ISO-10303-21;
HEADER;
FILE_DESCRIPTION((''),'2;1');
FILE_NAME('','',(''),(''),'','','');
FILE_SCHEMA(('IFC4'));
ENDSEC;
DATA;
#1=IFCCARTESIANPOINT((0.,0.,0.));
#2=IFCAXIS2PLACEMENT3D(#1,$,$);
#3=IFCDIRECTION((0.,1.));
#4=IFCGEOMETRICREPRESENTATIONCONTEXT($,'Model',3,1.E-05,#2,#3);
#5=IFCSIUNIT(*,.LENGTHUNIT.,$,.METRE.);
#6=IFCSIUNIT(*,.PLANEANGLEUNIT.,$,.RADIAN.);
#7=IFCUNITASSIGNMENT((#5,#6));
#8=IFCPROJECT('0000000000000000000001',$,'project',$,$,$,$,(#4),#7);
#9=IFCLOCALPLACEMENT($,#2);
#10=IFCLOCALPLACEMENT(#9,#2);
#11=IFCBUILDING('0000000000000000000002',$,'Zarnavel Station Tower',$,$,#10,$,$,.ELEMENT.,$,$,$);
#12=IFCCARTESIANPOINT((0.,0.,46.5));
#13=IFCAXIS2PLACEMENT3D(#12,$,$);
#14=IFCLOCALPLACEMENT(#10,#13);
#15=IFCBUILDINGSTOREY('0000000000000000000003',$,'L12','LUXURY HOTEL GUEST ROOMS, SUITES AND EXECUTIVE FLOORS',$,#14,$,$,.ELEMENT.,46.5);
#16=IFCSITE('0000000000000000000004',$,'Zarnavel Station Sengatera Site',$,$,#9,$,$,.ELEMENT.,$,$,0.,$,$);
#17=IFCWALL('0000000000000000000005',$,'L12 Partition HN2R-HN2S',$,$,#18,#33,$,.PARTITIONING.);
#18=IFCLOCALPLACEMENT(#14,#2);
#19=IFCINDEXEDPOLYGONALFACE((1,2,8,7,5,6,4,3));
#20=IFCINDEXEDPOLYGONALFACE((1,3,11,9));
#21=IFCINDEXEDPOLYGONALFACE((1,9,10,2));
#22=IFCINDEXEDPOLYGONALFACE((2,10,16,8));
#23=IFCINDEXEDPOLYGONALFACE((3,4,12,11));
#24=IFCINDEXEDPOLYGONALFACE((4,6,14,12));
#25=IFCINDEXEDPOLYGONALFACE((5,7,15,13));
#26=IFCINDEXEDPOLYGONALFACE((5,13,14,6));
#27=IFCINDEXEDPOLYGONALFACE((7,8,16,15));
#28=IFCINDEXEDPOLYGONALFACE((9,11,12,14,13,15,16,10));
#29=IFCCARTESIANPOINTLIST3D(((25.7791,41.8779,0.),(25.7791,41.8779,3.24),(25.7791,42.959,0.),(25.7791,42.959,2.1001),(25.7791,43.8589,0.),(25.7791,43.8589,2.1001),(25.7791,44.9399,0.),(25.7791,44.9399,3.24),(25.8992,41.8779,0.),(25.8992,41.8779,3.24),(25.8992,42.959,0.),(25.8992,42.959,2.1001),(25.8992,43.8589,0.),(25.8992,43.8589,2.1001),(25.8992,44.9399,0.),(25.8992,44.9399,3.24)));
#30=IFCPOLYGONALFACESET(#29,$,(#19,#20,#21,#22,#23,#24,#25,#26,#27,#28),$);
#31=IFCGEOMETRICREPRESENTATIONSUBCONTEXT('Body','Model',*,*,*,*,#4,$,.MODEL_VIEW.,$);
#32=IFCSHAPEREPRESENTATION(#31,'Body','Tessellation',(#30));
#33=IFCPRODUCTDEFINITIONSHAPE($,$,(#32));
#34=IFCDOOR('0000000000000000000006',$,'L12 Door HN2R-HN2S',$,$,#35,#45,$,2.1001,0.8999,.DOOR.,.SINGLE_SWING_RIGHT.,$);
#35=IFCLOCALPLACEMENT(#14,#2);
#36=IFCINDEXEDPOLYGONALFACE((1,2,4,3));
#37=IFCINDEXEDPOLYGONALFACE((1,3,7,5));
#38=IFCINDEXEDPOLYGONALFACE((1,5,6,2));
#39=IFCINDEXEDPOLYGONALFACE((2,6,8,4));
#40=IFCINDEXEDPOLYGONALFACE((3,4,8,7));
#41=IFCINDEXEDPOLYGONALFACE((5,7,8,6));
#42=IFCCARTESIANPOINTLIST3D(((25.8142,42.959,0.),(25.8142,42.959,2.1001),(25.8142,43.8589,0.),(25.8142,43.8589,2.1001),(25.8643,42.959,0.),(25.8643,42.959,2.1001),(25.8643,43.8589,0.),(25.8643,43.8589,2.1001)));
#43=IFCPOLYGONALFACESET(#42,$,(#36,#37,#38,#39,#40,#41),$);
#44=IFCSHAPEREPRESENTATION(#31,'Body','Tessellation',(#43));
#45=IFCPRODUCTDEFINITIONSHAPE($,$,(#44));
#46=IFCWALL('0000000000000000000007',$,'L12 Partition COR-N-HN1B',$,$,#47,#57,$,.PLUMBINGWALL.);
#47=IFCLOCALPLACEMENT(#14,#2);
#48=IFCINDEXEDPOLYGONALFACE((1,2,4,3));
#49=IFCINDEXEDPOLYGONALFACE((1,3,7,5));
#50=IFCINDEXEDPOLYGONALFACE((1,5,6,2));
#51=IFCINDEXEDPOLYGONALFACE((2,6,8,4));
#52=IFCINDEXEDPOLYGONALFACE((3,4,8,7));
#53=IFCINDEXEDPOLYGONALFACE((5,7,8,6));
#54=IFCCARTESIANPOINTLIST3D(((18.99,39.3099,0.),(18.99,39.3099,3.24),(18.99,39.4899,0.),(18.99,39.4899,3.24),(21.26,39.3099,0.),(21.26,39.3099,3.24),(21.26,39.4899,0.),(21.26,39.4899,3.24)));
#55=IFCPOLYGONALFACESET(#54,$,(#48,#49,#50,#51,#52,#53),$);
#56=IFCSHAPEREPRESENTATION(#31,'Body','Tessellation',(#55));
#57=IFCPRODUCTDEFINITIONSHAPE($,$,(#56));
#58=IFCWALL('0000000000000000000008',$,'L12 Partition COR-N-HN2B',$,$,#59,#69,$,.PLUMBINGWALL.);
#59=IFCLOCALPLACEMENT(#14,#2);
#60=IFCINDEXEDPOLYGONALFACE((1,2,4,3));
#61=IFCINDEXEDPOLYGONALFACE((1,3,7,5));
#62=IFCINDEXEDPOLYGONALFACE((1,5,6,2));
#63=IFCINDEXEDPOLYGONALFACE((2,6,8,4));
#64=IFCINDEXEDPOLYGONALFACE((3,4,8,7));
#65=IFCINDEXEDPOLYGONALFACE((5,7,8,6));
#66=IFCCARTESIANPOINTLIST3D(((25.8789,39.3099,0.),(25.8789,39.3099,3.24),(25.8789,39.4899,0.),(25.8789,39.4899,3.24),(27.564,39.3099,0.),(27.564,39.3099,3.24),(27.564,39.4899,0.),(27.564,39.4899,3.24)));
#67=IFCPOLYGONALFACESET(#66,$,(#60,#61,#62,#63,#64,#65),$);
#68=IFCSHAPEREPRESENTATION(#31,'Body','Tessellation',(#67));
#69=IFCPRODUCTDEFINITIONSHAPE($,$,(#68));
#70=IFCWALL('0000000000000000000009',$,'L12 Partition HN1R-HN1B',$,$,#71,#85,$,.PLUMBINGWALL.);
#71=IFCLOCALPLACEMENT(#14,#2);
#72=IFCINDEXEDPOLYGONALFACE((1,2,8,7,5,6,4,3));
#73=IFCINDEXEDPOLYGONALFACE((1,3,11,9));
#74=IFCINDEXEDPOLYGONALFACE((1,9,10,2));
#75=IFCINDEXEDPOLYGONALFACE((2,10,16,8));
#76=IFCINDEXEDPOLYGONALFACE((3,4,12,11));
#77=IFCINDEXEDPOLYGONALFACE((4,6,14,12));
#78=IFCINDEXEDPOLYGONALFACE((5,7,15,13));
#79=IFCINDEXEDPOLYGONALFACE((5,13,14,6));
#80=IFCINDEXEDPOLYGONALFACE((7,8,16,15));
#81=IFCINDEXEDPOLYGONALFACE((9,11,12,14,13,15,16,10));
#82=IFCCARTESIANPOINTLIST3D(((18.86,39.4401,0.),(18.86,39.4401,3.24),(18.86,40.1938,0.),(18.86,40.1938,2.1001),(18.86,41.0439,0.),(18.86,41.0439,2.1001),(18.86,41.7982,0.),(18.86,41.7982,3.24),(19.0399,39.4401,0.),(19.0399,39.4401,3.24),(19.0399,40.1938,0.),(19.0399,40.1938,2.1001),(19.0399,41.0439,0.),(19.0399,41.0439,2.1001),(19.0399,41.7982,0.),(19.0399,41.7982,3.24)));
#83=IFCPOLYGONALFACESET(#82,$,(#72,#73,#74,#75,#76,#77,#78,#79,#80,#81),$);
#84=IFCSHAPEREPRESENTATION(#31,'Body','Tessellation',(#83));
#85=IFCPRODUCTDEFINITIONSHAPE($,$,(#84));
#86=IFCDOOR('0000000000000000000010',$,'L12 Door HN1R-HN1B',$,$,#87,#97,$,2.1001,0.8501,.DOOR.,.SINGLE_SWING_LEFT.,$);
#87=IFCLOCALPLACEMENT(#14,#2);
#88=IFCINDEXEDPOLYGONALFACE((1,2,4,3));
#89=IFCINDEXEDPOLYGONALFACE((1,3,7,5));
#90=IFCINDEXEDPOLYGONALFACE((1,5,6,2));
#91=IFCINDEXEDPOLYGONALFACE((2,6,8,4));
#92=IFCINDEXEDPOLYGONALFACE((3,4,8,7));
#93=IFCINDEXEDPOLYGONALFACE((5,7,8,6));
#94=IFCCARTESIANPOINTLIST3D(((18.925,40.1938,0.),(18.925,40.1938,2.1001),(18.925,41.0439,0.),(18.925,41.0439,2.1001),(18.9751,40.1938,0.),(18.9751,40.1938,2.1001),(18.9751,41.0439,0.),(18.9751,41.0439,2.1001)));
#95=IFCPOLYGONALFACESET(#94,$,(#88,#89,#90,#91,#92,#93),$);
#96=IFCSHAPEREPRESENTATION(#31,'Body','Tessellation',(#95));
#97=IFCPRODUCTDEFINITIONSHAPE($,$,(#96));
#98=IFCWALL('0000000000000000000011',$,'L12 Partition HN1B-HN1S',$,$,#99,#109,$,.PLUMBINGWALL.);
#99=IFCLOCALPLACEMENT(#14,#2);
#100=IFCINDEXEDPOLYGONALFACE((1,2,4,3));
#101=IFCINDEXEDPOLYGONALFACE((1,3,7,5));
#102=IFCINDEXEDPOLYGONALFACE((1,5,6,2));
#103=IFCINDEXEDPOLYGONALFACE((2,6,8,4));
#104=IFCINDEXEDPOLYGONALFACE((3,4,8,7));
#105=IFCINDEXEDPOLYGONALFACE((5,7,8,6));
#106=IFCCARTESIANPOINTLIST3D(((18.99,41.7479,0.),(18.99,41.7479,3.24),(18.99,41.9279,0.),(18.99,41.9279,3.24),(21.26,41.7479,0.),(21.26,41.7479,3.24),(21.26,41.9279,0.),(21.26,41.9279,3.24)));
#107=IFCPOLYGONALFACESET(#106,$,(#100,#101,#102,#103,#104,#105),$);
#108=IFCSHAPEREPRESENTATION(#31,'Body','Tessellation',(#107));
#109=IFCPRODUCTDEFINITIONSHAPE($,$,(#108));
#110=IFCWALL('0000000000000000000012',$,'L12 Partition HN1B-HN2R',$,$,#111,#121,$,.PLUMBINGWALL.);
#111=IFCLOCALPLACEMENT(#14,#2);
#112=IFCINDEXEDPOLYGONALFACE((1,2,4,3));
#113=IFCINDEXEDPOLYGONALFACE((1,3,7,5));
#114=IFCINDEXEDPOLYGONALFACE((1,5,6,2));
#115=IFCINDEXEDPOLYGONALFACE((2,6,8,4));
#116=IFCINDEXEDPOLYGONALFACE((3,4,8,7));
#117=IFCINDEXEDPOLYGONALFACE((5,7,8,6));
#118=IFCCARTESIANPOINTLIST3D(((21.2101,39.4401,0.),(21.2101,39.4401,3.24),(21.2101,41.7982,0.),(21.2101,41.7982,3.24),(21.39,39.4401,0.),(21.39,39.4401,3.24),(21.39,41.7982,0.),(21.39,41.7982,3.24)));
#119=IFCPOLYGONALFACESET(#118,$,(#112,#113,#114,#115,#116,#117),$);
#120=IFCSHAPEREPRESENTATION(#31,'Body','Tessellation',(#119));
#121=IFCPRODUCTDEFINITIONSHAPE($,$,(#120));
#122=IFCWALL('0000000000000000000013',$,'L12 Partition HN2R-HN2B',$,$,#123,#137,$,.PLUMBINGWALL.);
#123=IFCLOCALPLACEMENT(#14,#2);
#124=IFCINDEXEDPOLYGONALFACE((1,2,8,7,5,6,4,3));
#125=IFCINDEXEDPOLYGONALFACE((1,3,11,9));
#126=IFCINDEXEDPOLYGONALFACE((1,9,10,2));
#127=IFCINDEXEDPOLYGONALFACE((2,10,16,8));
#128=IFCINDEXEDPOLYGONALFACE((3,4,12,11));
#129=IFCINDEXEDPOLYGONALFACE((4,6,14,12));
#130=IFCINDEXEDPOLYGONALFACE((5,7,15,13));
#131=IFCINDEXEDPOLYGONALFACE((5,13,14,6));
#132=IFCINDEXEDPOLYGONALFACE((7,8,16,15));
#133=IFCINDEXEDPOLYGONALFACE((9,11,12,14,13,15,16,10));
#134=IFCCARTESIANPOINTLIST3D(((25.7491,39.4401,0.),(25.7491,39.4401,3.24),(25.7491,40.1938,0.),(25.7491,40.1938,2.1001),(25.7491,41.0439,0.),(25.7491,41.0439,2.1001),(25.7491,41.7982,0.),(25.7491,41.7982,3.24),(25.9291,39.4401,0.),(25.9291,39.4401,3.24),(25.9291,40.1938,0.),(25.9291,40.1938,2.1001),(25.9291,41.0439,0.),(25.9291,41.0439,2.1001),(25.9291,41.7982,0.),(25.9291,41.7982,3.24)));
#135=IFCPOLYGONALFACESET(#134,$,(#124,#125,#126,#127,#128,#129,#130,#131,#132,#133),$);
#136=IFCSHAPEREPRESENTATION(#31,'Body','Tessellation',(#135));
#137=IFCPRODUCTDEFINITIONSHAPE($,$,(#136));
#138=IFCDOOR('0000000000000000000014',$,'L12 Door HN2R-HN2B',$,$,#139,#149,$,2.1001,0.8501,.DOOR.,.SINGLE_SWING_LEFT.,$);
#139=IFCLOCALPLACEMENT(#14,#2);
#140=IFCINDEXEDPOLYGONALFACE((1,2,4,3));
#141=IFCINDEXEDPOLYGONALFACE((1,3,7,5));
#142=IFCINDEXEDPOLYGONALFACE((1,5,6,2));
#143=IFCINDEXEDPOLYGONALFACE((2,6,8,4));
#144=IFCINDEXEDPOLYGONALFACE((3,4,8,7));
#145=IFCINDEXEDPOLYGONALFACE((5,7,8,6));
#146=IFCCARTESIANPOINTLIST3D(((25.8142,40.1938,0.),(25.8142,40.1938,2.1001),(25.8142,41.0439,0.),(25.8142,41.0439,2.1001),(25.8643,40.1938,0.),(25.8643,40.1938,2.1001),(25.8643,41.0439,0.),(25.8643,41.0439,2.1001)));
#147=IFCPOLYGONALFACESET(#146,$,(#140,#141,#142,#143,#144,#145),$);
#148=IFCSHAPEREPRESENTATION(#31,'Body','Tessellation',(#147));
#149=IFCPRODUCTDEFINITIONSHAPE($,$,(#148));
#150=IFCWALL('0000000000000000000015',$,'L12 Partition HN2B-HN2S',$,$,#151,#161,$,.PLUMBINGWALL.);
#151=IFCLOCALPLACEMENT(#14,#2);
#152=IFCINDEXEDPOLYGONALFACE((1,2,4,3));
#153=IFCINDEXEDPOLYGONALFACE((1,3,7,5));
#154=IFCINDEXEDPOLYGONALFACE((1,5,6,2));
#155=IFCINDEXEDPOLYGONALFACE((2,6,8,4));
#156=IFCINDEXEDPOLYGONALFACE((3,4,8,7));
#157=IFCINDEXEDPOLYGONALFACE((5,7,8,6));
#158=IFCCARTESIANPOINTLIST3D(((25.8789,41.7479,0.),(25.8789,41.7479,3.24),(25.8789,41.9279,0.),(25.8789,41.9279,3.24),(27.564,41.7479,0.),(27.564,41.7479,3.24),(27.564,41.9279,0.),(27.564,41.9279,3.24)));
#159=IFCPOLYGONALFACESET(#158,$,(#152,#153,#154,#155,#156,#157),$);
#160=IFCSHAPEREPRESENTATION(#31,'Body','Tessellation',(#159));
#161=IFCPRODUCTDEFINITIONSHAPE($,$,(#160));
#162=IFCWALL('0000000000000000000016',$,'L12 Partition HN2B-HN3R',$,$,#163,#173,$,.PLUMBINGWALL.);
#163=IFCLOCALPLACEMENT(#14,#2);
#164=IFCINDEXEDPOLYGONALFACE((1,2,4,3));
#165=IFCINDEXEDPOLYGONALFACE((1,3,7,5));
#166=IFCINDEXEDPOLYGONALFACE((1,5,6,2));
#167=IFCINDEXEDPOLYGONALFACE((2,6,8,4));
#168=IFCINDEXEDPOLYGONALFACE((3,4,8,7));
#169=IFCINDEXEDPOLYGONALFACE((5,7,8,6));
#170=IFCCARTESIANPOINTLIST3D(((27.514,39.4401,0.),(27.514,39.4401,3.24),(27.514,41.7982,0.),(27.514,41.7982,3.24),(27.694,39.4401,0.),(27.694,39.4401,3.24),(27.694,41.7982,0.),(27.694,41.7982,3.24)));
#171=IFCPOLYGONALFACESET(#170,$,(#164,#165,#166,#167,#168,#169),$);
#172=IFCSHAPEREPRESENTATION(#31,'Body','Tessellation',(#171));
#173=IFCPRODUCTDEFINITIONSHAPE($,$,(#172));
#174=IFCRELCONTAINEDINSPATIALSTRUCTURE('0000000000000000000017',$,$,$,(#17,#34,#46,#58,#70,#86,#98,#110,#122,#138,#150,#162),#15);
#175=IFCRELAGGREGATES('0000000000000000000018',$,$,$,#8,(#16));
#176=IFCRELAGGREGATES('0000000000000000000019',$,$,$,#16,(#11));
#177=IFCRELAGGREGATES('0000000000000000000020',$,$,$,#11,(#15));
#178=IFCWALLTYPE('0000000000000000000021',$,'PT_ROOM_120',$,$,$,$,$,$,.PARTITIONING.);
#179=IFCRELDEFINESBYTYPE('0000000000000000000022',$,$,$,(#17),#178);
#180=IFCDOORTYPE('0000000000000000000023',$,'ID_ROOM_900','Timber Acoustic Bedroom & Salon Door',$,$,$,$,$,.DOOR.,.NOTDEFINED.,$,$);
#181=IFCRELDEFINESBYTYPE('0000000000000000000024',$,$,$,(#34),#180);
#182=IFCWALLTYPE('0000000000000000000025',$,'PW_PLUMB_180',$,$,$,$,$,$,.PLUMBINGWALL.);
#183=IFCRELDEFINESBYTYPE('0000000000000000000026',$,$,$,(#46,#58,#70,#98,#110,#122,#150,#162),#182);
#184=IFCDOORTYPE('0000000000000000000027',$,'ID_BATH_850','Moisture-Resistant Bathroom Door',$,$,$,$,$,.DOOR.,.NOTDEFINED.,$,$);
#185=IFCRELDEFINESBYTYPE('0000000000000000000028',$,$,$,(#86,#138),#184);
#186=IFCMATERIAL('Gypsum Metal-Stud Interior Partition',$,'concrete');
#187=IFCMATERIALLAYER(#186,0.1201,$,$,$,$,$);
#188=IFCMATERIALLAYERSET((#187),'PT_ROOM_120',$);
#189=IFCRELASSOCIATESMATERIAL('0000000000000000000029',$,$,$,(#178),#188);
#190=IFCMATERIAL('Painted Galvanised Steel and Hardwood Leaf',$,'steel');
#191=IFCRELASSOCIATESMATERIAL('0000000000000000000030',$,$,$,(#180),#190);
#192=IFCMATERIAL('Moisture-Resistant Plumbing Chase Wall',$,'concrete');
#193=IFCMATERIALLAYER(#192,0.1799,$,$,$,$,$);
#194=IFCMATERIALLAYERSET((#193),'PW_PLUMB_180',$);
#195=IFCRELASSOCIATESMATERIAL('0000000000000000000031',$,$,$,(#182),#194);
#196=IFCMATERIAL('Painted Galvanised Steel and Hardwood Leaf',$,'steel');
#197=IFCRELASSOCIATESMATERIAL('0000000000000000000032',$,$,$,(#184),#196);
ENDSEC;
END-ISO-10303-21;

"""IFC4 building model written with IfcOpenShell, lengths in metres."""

from ifc_helpers import new_model, si_unit, direction, frame, frame_2d, origin, place, context, subcontext, project, spatial, rectangle, extrude, material, layer, layer_set, type_object, element, fill, save


model = new_model("IFC4")

# Units and contexts
model_context = context("Model", 3, precision=1e-05, world=origin(), true_north=direction((0.0, 1.0)))
body_context = subcontext(model_context, "Body", "Model", "MODEL_VIEW")
ifc_project = project(units=[si_unit("LENGTHUNIT", "METRE"), si_unit("PLANEANGLEUNIT", "RADIAN")], contexts=[model_context])

# Site, building, storey
site_placement = place(None, origin())
site = spatial("IfcSite", under=ifc_project, at=site_placement, Name="Zarnavel Station Sengatera Site", CompositionType="ELEMENT", RefElevation=0.0)
building_placement = place(site_placement, origin())
building = spatial("IfcBuilding", under=site, at=building_placement, Name="Zarnavel Station Tower", CompositionType="ELEMENT")
storey_placement = place(building_placement, frame((0.0, 0.0, 46.5)))
storey = spatial("IfcBuildingStorey", under=building, at=storey_placement, Name="L12", Description="LUXURY HOTEL GUEST ROOMS, SUITES AND EXECUTIVE FLOORS", CompositionType="ELEMENT", Elevation=46.5)

# Wall, opening, door
ifc_material_1 = material(Name="Gypsum Metal-Stud Interior Partition", Category="concrete")
ifc_layer_1 = layer(ifc_material_1, 0.1201)
ifc_layer_set_1 = layer_set([ifc_layer_1], Name="PT_ROOM_120")
wall_type_1 = type_object("IfcWallType", Name="PT_ROOM_120", PredefinedType="PARTITIONING", material=ifc_layer_set_1)
ifc_material_2 = material(Name="Painted Galvanised Steel and Hardwood Leaf", Category="steel")
door_type_1 = type_object("IfcDoorType", Name="ID_ROOM_900", Description="Timber Acoustic Bedroom & Salon Door", OperationType="NOTDEFINED", PredefinedType="DOOR", material=ifc_material_2)
wall_1_placement = place(storey_placement, frame((25.8391, 41.8779, 0.0), z_axis=(0.0, 0.0, 1.0), x_axis=(0.0, 1.0, 0.0)))
wall_1 = element("IfcWall", 1, at=wall_1_placement, inside=storey, type_object=wall_type_1, Name="L12 Partition HN2R-HN2S", PredefinedType="PARTITIONING", context=body_context, shape_type="SweptSolid", body=[
    extrude(rectangle(XDim=3.062, YDim=0.1201, at=frame_2d((1.531, 0.0))), origin(), (0.0, 0.0, 1.0), 3.24),
])
opening_1_placement = place(wall_1_placement, frame((1.0811, 0.0, 0.0)))
opening_1 = element("IfcOpeningElement", 2, at=opening_1_placement, cuts=wall_1, PredefinedType="OPENING", context=body_context, shape_type="SweptSolid", body=[
    extrude(rectangle(XDim=0.8999, YDim=2.1001, at=frame_2d((0.45, 1.05))), frame((0.0, 0.0701, 0.0), z_axis=(0.0, -1.0, 0.0), x_axis=(1.0, 0.0, 0.0)), (0.0, 0.0, 1.0), 0.1401),
])
door_1_placement = place(opening_1_placement, origin())
door_1 = element("IfcDoor", 3, at=door_1_placement, inside=storey, type_object=door_type_1, Name="L12 Door HN2R-HN2S", OperationType="SINGLE_SWING_RIGHT", OverallHeight=2.1001, OverallWidth=0.8999, PredefinedType="DOOR", context=body_context, shape_type="SweptSolid", body=[
    extrude(rectangle(XDim=0.8999, YDim=2.1001, at=frame_2d((0.45, 1.05))), frame((0.0, 0.0249, 0.0), z_axis=(0.0, -1.0, 0.0), x_axis=(1.0, 0.0, 0.0)), (0.0, 0.0, 1.0), 0.05),
])
fill(opening_1, door_1)

# Walls
ifc_material_3 = material(Name="Moisture-Resistant Plumbing Chase Wall", Category="concrete")
ifc_layer_2 = layer(ifc_material_3, 0.1799)
ifc_layer_set_2 = layer_set([ifc_layer_2], Name="PW_PLUMB_180")
wall_type_2 = type_object("IfcWallType", Name="PW_PLUMB_180", PredefinedType="PLUMBINGWALL", material=ifc_layer_set_2)
wall_2_placement = place(storey_placement, frame((18.99, 39.3999, 0.0), z_axis=(0.0, 0.0, 1.0), x_axis=(1.0, 0.0, 0.0)))
element("IfcWall", 4, at=wall_2_placement, inside=storey, type_object=wall_type_2, Name="L12 Partition COR-N-HN1B", PredefinedType="PLUMBINGWALL", context=body_context, shape_type="SweptSolid", body=[
    extrude(rectangle(XDim=2.27, YDim=0.1799, at=frame_2d((1.135, 0.0))), origin(), (0.0, 0.0, 1.0), 3.24),
])
wall_3_placement = place(storey_placement, frame((25.8789, 39.3999, 0.0), z_axis=(0.0, 0.0, 1.0), x_axis=(1.0, 0.0, 0.0)))
element("IfcWall", 5, at=wall_3_placement, inside=storey, type_object=wall_type_2, Name="L12 Partition COR-N-HN2B", PredefinedType="PLUMBINGWALL", context=body_context, shape_type="SweptSolid", body=[
    extrude(rectangle(XDim=1.6851, YDim=0.1799, at=frame_2d((0.8425, 0.0))), origin(), (0.0, 0.0, 1.0), 3.24),
])

# Wall, opening, door
wall_4_placement = place(storey_placement, frame((18.95, 39.4399, 0.0), z_axis=(0.0, 0.0, 1.0), x_axis=(0.0, 1.0, 0.0)))
wall_4 = element("IfcWall", 6, at=wall_4_placement, inside=storey, type_object=wall_type_2, Name="L12 Partition HN1R-HN1B", PredefinedType="PLUMBINGWALL", context=body_context, shape_type="SweptSolid", body=[
    extrude(rectangle(XDim=2.3582, YDim=0.1799, at=frame_2d((1.1792, 0.0))), origin(), (0.0, 0.0, 1.0), 3.24),
])
opening_2_placement = place(wall_4_placement, frame((0.7539, 0.0, 0.0)))
opening_2 = element("IfcOpeningElement", 7, at=opening_2_placement, cuts=wall_4, PredefinedType="OPENING", context=body_context, shape_type="SweptSolid", body=[
    extrude(rectangle(XDim=0.8501, YDim=2.1001, at=frame_2d((0.425, 1.05))), frame((0.0, 0.0999, 0.0), z_axis=(0.0, -1.0, 0.0), x_axis=(1.0, 0.0, 0.0)), (0.0, 0.0, 1.0), 0.2),
])
ifc_material_4 = material(Name="Painted Galvanised Steel and Hardwood Leaf", Category="steel")
door_type_2 = type_object("IfcDoorType", Name="ID_BATH_850", Description="Moisture-Resistant Bathroom Door", OperationType="NOTDEFINED", PredefinedType="DOOR", material=ifc_material_4)
door_2_placement = place(opening_2_placement, origin())
door_2 = element("IfcDoor", 8, at=door_2_placement, inside=storey, type_object=door_type_2, Name="L12 Door HN1R-HN1B", OperationType="SINGLE_SWING_LEFT", OverallHeight=2.1001, OverallWidth=0.8501, PredefinedType="DOOR", context=body_context, shape_type="SweptSolid", body=[
    extrude(rectangle(XDim=0.8501, YDim=2.1001, at=frame_2d((0.425, 1.05))), frame((0.0, 0.0249, 0.0), z_axis=(0.0, -1.0, 0.0), x_axis=(1.0, 0.0, 0.0)), (0.0, 0.0, 1.0), 0.05),
])
fill(opening_2, door_2)

# Walls
wall_5_placement = place(storey_placement, frame((18.99, 41.8379, 0.0), z_axis=(0.0, 0.0, 1.0), x_axis=(1.0, 0.0, 0.0)))
element("IfcWall", 9, at=wall_5_placement, inside=storey, type_object=wall_type_2, Name="L12 Partition HN1B-HN1S", PredefinedType="PLUMBINGWALL", context=body_context, shape_type="SweptSolid", body=[
    extrude(rectangle(XDim=2.27, YDim=0.1799, at=frame_2d((1.135, 0.0))), origin(), (0.0, 0.0, 1.0), 3.24),
])
wall_6_placement = place(storey_placement, frame((21.3, 39.4399, 0.0), z_axis=(0.0, 0.0, 1.0), x_axis=(0.0, 1.0, 0.0)))
element("IfcWall", 10, at=wall_6_placement, inside=storey, type_object=wall_type_2, Name="L12 Partition HN1B-HN2R", PredefinedType="PLUMBINGWALL", context=body_context, shape_type="SweptSolid", body=[
    extrude(rectangle(XDim=2.3582, YDim=0.1799, at=frame_2d((1.1792, 0.0))), origin(), (0.0, 0.0, 1.0), 3.24),
])

# Wall, opening, door
wall_7_placement = place(storey_placement, frame((25.8391, 39.4399, 0.0), z_axis=(0.0, 0.0, 1.0), x_axis=(0.0, 1.0, 0.0)))
wall_7 = element("IfcWall", 11, at=wall_7_placement, inside=storey, type_object=wall_type_2, Name="L12 Partition HN2R-HN2B", PredefinedType="PLUMBINGWALL", context=body_context, shape_type="SweptSolid", body=[
    extrude(rectangle(XDim=2.3582, YDim=0.1799, at=frame_2d((1.1792, 0.0))), origin(), (0.0, 0.0, 1.0), 3.24),
])
opening_3_placement = place(wall_7_placement, frame((0.7539, 0.0, 0.0)))
opening_3 = element("IfcOpeningElement", 12, at=opening_3_placement, cuts=wall_7, PredefinedType="OPENING", context=body_context, shape_type="SweptSolid", body=[
    extrude(rectangle(XDim=0.8501, YDim=2.1001, at=frame_2d((0.425, 1.05))), frame((0.0, 0.0999, 0.0), z_axis=(0.0, -1.0, 0.0), x_axis=(1.0, 0.0, 0.0)), (0.0, 0.0, 1.0), 0.2),
])
door_3_placement = place(opening_3_placement, origin())
door_3 = element("IfcDoor", 13, at=door_3_placement, inside=storey, type_object=door_type_2, Name="L12 Door HN2R-HN2B", OperationType="SINGLE_SWING_LEFT", OverallHeight=2.1001, OverallWidth=0.8501, PredefinedType="DOOR", context=body_context, shape_type="SweptSolid", body=[
    extrude(rectangle(XDim=0.8501, YDim=2.1001, at=frame_2d((0.425, 1.05))), frame((0.0, 0.0249, 0.0), z_axis=(0.0, -1.0, 0.0), x_axis=(1.0, 0.0, 0.0)), (0.0, 0.0, 1.0), 0.05),
])
fill(opening_3, door_3)

# Walls
wall_8_placement = place(storey_placement, frame((25.8789, 41.8379, 0.0), z_axis=(0.0, 0.0, 1.0), x_axis=(1.0, 0.0, 0.0)))
element("IfcWall", 14, at=wall_8_placement, inside=storey, type_object=wall_type_2, Name="L12 Partition HN2B-HN2S", PredefinedType="PLUMBINGWALL", context=body_context, shape_type="SweptSolid", body=[
    extrude(rectangle(XDim=1.6851, YDim=0.1799, at=frame_2d((0.8425, 0.0))), origin(), (0.0, 0.0, 1.0), 3.24),
])
wall_9_placement = place(storey_placement, frame((27.604, 39.4399, 0.0), z_axis=(0.0, 0.0, 1.0), x_axis=(0.0, 1.0, 0.0)))
element("IfcWall", 15, at=wall_9_placement, inside=storey, type_object=wall_type_2, Name="L12 Partition HN2B-HN3R", PredefinedType="PLUMBINGWALL", context=body_context, shape_type="SweptSolid", body=[
    extrude(rectangle(XDim=2.3582, YDim=0.1799, at=frame_2d((1.1792, 0.0))), origin(), (0.0, 0.0, 1.0), 3.24),
])

save(model, "model.ifc")
